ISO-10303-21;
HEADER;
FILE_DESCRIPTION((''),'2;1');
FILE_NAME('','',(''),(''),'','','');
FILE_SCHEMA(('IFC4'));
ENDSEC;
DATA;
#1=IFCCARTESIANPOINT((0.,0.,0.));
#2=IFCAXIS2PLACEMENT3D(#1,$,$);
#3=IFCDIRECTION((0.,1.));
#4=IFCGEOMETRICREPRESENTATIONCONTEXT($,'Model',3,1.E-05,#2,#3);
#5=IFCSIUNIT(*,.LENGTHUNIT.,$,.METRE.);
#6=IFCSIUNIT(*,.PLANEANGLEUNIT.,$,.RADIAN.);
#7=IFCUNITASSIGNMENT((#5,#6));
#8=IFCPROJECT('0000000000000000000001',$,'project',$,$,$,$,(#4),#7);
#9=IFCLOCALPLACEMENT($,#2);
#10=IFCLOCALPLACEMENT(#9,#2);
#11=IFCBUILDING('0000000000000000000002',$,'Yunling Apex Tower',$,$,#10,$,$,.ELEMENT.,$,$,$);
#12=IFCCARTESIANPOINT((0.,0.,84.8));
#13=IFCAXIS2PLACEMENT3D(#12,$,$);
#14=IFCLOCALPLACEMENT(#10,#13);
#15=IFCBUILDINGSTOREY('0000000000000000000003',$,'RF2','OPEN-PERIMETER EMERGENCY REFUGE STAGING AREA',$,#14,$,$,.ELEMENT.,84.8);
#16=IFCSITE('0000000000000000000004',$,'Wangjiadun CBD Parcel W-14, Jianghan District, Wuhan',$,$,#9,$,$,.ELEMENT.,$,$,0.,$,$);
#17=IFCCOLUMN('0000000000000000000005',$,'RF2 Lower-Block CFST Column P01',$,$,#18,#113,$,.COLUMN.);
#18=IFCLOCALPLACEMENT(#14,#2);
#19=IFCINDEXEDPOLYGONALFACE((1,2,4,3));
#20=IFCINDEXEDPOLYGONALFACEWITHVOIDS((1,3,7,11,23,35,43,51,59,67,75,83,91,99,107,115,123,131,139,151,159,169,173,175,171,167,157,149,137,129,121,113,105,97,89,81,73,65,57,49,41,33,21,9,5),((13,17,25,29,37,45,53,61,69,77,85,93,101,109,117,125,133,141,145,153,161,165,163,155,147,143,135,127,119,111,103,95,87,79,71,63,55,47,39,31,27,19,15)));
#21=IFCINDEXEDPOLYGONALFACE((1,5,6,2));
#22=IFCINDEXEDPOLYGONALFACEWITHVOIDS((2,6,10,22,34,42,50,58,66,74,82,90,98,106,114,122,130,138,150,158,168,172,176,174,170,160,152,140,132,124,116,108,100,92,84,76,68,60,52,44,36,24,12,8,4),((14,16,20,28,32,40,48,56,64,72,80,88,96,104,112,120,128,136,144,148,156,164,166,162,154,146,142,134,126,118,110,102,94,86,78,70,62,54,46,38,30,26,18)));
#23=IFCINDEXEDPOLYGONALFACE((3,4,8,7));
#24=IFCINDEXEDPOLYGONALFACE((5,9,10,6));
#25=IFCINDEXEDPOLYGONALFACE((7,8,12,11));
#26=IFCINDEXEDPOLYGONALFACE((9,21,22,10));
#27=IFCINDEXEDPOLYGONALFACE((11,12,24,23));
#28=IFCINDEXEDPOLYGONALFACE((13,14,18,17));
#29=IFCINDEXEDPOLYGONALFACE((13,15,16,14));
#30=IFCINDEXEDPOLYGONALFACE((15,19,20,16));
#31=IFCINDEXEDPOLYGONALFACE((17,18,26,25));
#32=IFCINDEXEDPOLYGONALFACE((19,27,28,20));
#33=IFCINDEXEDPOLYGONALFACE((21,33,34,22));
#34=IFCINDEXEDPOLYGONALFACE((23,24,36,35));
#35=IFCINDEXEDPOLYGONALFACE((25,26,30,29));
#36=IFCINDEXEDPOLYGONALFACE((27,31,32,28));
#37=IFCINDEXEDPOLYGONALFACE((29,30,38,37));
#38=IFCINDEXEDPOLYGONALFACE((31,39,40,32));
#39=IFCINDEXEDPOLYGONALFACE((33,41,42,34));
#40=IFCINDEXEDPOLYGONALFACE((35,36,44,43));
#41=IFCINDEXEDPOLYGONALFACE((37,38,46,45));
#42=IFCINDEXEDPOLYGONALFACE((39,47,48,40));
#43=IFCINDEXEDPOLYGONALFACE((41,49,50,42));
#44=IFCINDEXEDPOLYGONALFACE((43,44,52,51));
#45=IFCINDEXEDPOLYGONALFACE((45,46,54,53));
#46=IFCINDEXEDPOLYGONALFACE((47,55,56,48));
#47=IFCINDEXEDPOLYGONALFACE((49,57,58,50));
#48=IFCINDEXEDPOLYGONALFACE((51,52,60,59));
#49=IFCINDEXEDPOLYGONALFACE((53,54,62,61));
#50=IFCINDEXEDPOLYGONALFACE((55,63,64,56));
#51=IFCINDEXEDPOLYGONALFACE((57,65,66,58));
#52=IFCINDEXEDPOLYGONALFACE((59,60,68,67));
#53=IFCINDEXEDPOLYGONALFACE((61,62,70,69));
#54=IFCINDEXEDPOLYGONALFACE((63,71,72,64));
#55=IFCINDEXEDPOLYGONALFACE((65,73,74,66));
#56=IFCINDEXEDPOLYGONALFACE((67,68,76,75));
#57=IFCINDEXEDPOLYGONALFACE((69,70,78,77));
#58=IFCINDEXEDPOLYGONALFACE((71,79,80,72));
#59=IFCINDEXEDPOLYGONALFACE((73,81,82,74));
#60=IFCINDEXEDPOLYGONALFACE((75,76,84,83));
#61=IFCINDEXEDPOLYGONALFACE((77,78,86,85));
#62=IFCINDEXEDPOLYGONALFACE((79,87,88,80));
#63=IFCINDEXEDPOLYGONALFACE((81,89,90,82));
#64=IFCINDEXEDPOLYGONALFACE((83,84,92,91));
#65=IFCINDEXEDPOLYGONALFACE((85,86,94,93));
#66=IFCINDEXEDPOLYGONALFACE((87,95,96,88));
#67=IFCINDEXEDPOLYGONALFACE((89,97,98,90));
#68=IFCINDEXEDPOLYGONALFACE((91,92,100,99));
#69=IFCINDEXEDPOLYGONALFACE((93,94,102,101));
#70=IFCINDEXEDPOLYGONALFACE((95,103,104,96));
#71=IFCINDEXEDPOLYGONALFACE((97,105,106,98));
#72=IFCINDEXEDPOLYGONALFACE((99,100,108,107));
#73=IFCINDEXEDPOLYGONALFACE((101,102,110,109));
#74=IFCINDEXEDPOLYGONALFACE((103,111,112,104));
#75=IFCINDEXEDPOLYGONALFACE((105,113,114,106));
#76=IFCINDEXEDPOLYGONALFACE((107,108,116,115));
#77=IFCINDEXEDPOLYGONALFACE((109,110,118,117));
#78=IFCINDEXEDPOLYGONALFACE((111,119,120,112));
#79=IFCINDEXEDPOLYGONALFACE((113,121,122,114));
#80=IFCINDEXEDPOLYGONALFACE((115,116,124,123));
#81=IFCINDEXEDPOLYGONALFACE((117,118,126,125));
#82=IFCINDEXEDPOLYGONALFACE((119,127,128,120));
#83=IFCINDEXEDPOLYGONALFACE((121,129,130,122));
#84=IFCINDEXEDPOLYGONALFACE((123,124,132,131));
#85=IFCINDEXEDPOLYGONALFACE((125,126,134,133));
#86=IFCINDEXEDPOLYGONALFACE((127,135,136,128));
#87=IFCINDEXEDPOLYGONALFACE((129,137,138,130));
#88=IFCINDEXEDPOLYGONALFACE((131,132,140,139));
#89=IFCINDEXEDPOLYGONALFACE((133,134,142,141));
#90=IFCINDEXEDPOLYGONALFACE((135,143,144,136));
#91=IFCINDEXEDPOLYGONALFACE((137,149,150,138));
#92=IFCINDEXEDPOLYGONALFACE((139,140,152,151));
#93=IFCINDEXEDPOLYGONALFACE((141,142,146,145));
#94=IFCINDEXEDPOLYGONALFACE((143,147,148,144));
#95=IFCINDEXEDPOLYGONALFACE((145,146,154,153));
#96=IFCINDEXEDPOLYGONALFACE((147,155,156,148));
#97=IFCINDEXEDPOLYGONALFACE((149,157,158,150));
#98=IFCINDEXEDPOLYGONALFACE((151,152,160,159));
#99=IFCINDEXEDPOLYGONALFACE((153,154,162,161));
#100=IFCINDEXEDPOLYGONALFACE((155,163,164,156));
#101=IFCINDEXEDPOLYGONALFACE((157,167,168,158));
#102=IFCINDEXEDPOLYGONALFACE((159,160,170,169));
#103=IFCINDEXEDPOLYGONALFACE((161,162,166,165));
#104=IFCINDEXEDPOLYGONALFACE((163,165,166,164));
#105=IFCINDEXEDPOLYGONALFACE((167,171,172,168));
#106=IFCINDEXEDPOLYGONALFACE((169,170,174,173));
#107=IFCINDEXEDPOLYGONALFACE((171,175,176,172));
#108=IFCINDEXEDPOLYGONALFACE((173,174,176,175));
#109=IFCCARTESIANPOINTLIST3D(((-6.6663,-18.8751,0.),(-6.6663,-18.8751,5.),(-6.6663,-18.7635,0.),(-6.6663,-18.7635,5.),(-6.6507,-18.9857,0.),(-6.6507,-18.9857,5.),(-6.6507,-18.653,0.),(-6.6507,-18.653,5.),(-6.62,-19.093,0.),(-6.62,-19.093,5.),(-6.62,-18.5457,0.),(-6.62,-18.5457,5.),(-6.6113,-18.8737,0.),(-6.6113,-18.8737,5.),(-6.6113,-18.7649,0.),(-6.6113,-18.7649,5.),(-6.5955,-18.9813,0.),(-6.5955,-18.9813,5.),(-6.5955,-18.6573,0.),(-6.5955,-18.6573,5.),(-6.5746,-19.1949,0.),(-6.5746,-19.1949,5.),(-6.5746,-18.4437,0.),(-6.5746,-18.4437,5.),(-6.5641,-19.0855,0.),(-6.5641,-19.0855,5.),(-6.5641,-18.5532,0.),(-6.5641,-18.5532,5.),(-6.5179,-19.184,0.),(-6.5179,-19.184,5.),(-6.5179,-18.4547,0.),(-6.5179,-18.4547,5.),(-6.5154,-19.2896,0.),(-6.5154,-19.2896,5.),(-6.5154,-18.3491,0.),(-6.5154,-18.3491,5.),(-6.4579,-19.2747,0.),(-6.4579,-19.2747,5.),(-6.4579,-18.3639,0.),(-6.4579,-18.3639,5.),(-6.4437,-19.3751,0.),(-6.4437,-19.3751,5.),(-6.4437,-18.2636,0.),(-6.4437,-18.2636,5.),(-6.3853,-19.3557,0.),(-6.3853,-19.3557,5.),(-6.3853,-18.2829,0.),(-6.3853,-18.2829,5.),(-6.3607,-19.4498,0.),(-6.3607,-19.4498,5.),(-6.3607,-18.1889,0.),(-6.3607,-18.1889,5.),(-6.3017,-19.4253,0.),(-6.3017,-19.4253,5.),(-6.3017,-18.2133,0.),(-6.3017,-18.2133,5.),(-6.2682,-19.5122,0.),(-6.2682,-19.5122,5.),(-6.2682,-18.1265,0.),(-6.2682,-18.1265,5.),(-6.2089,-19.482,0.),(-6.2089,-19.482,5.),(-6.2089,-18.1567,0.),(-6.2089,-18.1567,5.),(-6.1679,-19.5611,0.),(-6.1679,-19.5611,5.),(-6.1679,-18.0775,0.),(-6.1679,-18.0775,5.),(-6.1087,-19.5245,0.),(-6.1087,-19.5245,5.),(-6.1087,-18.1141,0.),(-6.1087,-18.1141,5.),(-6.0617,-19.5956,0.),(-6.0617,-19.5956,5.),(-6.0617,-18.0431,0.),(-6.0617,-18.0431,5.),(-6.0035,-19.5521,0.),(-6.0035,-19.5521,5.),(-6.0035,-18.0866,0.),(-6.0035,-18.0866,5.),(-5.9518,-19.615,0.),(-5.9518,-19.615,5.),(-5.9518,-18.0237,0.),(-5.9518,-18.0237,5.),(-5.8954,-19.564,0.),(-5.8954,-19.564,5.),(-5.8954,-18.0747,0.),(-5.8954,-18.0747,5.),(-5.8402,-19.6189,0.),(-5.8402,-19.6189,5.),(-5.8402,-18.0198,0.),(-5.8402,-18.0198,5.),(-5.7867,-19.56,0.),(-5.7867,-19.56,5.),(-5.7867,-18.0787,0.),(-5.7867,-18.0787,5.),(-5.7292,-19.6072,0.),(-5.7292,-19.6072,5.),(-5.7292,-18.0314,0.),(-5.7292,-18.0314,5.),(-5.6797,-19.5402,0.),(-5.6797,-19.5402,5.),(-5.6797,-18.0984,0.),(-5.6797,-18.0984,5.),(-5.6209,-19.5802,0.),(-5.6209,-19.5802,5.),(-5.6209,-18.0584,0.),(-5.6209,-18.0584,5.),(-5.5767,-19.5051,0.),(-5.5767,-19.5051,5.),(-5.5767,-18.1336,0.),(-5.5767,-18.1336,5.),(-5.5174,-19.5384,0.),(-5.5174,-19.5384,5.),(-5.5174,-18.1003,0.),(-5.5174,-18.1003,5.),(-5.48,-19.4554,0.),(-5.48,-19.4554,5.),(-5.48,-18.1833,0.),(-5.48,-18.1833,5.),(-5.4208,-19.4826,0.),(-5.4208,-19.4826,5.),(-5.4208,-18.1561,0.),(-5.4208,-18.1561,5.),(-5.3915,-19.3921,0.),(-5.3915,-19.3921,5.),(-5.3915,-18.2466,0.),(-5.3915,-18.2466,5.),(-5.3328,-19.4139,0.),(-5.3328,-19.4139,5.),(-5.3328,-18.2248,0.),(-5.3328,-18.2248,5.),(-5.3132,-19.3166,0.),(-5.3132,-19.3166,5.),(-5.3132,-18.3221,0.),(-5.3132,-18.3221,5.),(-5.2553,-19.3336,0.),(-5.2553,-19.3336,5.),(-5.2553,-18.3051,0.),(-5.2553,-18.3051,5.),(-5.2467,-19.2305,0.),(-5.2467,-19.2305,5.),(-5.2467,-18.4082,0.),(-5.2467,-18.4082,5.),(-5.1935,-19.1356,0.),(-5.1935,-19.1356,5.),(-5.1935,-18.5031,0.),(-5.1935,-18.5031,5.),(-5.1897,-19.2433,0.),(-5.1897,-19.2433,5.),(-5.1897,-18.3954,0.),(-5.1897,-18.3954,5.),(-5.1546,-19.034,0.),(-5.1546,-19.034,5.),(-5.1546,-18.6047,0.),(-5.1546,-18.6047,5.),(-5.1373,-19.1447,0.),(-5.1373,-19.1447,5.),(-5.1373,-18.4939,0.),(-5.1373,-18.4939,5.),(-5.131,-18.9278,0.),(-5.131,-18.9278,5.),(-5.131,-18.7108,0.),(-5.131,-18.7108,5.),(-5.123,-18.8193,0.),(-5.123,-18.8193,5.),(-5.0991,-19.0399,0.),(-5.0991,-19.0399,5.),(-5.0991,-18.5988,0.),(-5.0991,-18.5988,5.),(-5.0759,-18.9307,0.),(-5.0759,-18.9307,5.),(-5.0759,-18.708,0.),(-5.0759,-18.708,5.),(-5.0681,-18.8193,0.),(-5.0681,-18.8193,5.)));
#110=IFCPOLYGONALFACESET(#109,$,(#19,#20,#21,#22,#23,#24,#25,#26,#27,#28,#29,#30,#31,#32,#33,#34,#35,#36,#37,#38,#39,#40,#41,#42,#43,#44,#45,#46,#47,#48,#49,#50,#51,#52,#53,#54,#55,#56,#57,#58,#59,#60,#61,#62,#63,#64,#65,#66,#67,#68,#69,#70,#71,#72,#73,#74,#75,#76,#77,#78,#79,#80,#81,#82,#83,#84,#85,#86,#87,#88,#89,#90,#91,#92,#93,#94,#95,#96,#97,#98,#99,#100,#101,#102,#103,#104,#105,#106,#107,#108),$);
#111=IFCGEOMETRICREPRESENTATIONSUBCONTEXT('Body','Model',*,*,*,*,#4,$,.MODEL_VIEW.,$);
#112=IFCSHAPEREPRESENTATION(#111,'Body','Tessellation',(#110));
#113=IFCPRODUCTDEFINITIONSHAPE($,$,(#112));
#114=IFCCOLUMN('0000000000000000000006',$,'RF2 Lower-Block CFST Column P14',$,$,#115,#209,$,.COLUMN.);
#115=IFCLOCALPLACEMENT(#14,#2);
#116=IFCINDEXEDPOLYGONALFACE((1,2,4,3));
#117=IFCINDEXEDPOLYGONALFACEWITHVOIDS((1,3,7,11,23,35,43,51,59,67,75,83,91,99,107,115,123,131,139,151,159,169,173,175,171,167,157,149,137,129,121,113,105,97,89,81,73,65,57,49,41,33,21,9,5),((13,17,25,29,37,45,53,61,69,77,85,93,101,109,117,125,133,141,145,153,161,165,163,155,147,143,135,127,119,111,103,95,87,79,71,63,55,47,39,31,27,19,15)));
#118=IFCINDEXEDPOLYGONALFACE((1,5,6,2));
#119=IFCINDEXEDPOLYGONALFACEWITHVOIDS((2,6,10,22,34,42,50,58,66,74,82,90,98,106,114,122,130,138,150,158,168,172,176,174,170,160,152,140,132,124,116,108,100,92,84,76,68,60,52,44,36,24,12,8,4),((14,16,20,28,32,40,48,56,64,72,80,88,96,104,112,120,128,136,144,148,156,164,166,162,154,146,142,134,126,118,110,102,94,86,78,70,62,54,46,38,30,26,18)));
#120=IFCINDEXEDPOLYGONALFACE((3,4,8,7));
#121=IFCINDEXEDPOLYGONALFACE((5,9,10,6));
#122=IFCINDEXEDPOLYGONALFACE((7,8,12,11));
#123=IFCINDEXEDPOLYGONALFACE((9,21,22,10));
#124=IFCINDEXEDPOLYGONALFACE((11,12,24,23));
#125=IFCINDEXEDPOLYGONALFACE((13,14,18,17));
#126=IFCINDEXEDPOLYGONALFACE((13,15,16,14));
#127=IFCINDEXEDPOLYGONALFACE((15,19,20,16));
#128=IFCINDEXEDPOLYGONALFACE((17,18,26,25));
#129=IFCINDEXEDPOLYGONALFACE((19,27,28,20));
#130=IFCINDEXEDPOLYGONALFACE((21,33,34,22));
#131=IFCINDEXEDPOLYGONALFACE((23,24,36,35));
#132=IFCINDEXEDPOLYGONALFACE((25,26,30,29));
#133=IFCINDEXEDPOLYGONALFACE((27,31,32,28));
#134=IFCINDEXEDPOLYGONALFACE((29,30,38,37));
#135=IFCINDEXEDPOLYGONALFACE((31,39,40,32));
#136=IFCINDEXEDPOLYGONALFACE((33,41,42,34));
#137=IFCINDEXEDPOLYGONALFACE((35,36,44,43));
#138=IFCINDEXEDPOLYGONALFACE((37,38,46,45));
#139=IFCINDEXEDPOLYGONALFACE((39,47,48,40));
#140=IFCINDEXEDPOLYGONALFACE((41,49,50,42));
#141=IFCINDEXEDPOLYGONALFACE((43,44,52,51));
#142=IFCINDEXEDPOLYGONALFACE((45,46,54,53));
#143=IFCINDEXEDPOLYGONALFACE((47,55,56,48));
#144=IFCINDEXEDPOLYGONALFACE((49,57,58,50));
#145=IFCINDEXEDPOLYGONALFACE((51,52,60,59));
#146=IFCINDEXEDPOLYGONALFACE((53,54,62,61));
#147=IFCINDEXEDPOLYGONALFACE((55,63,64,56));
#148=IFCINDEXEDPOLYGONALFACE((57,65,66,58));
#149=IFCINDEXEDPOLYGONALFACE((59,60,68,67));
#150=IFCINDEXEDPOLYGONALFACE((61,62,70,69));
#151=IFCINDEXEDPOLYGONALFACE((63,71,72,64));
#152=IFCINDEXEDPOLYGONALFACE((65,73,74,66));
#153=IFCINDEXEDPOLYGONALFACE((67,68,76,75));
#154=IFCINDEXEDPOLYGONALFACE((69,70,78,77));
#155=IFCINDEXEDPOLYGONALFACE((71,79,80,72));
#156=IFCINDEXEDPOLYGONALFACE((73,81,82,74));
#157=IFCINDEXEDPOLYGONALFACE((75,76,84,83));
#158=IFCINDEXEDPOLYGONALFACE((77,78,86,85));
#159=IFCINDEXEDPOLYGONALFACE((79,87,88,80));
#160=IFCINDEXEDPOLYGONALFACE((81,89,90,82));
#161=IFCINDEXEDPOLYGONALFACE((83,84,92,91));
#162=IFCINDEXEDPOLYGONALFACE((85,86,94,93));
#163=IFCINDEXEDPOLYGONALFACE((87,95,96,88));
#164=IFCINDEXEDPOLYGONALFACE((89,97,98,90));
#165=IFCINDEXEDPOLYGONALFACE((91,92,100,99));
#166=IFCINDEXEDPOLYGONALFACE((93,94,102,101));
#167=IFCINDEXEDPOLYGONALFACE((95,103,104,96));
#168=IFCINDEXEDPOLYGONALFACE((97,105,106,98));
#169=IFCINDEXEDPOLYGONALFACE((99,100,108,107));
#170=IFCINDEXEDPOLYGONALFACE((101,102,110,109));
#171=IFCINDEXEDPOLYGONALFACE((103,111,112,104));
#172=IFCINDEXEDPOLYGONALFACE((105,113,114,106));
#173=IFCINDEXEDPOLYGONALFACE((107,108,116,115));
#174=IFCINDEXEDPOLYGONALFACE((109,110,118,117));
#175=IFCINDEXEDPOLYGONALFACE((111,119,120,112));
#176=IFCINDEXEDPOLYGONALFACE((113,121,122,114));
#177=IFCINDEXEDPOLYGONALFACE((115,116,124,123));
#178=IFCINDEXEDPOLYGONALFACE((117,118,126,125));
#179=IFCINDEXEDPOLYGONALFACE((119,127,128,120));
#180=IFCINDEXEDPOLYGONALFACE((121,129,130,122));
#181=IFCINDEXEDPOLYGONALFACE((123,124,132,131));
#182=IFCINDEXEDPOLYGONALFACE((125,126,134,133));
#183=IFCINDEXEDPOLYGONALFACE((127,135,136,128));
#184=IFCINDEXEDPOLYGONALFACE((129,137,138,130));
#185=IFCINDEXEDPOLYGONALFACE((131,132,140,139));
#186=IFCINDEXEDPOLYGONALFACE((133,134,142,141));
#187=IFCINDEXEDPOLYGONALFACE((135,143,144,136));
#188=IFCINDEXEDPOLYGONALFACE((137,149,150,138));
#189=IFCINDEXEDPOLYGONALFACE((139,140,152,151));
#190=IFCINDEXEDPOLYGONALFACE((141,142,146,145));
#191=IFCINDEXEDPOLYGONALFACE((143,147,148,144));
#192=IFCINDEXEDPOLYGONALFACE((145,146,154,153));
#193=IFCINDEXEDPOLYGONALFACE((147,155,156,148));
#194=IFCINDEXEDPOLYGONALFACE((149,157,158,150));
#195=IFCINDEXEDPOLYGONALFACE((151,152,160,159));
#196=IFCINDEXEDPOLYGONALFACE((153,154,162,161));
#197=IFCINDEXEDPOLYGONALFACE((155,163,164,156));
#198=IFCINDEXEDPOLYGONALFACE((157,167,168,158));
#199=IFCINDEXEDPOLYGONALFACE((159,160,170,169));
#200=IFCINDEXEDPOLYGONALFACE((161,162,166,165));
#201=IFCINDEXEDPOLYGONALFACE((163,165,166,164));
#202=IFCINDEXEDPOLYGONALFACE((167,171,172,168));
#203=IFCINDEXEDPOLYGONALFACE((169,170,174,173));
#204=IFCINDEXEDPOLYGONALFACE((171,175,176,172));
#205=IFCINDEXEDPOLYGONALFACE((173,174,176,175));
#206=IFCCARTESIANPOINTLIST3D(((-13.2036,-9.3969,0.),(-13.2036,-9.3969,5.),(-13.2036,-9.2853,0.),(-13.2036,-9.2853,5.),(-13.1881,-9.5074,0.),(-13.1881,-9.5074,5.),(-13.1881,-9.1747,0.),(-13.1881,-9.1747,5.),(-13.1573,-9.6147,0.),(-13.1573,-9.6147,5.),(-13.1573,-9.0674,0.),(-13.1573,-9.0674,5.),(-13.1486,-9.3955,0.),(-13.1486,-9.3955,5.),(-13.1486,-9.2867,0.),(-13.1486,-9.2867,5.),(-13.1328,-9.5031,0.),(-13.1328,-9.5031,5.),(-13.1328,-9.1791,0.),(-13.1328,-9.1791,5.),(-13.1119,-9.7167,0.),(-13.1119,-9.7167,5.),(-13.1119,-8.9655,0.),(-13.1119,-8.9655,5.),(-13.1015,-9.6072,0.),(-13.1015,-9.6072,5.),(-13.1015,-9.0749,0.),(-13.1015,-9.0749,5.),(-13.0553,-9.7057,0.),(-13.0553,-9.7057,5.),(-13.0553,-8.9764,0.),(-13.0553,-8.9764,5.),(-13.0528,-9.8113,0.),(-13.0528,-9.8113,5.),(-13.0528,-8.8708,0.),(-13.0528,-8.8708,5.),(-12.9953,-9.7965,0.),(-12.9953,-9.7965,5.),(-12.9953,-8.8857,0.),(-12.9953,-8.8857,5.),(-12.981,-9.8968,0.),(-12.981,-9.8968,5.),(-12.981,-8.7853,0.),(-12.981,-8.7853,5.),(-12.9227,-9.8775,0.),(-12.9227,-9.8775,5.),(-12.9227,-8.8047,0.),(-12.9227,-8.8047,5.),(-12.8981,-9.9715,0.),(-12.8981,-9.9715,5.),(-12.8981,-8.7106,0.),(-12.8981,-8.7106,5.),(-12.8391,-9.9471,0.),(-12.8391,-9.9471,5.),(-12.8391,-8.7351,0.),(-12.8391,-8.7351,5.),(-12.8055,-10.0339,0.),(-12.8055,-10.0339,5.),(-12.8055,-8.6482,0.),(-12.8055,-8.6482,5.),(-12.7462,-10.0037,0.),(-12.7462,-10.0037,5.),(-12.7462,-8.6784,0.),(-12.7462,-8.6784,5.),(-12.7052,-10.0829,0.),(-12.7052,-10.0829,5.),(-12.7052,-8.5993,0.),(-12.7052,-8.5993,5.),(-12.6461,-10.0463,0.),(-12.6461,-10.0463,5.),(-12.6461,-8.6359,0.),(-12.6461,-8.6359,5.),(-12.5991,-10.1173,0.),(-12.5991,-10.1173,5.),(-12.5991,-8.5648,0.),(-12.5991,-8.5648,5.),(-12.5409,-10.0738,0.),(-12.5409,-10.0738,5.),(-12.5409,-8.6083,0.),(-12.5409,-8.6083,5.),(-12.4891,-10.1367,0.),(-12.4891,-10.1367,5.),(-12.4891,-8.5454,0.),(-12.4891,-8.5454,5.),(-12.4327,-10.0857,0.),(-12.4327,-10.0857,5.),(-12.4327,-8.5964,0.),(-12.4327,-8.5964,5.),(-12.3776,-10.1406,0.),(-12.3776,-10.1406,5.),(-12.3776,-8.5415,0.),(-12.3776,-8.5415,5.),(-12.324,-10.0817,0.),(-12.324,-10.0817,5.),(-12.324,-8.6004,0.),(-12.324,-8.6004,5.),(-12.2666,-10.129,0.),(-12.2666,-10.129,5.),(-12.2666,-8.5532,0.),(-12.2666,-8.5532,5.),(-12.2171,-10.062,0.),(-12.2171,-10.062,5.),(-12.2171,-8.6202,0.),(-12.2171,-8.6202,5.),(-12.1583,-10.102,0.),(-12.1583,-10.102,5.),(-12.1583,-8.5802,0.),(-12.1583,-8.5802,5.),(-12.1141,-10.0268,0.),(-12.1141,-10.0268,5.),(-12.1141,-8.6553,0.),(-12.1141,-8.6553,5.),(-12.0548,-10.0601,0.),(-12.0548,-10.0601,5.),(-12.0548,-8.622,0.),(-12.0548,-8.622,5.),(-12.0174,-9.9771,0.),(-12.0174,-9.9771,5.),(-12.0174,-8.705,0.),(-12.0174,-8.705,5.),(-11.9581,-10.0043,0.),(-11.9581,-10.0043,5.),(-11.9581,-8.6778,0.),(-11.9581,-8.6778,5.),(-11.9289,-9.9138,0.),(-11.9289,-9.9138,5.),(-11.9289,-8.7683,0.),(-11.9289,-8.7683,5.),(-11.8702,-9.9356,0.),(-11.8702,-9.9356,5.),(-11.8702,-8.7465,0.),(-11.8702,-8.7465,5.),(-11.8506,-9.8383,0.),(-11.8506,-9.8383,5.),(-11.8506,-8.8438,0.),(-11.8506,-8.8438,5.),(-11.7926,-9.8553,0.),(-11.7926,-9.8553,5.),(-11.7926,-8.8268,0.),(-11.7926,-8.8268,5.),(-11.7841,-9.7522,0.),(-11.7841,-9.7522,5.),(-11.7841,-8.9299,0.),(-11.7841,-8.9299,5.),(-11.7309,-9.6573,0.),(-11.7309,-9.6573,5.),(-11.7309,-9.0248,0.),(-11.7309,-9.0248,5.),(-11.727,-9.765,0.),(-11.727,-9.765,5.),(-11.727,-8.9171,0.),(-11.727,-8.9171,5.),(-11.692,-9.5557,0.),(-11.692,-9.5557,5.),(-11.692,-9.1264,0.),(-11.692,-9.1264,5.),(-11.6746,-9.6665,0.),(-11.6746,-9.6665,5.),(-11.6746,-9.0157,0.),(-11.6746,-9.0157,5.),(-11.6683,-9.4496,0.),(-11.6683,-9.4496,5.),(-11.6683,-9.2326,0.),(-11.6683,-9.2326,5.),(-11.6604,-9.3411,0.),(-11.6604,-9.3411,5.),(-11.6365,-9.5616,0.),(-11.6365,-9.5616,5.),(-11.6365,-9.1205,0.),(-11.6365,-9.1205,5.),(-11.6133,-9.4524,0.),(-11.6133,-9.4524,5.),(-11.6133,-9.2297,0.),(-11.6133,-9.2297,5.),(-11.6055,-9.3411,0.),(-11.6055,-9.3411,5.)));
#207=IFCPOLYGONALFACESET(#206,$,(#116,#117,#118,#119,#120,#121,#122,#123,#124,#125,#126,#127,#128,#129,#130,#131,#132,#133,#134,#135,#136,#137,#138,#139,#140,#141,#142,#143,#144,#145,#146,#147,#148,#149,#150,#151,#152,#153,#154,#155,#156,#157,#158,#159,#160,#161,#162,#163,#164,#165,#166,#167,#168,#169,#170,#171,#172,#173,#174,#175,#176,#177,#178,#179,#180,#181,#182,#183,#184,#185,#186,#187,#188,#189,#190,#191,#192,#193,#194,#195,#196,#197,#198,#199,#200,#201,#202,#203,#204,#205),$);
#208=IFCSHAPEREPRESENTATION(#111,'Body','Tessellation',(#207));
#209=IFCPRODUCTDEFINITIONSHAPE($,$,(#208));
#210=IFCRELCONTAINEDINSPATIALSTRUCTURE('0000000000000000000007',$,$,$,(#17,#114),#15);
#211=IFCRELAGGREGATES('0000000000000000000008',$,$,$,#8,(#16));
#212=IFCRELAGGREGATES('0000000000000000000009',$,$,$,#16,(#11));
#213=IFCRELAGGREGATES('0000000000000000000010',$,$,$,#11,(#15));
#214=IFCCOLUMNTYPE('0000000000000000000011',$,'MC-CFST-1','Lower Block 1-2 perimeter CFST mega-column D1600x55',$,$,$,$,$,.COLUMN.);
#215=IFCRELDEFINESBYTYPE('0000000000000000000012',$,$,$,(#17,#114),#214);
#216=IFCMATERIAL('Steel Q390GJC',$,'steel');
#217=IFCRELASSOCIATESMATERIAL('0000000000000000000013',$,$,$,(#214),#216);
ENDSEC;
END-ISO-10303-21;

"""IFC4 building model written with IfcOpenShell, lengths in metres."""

from ifc_helpers import new_model, si_unit, direction, frame, origin, origin_2d, place, context, subcontext, project, spatial, hollow_circle, extrude, source, transform, mapped, material, material_profile, profile_set, type_object, element, save


model = new_model("IFC4")

# Units and contexts
model_context = context("Model", 3, precision=1e-05, world=origin(), true_north=direction((0.0, 1.0)))
body_context = subcontext(model_context, "Body", "Model", "MODEL_VIEW")
ifc_project = project(units=[si_unit("LENGTHUNIT", "METRE"), si_unit("PLANEANGLEUNIT", "RADIAN")], contexts=[model_context])

# Site, building, storey
site_placement = place(None, origin())
site = spatial("IfcSite", under=ifc_project, at=site_placement, Name="Wangjiadun CBD Parcel W-14, Jianghan District, Wuhan", CompositionType="ELEMENT", RefElevation=0.0)
building_placement = place(site_placement, origin())
building = spatial("IfcBuilding", under=site, at=building_placement, Name="Yunling Apex Tower", CompositionType="ELEMENT")
storey_placement = place(building_placement, frame((0.0, 0.0, 84.8)))
storey = spatial("IfcBuildingStorey", under=building, at=storey_placement, Name="RF2", Description="OPEN-PERIMETER EMERGENCY REFUGE STAGING AREA", CompositionType="ELEMENT", Elevation=84.8)

# Columns
ifc_material_1 = material(Name="Steel Q390GJC", Category="steel")
ifc_material_profile_1 = material_profile(ifc_material_1, hollow_circle(Radius=0.8, WallThickness=0.0549, at=origin_2d()))
ifc_profile_set_1 = profile_set([ifc_material_profile_1], Name="Steel Q390GJC")
column_type = type_object("IfcColumnType", Name="MC-CFST-1", Description="Lower Block 1-2 perimeter CFST mega-column D1600x55", PredefinedType="COLUMN", material=ifc_profile_set_1)
shared_shape_1 = source(origin(), body_context, "Body", "SweptSolid", [
    extrude(hollow_circle(Radius=0.8, WallThickness=0.0549, at=origin_2d()), origin(), (0.0, 0.0, 1.0), 5.0),
])
for number, where, z_axis, x_axis, name in (
    (1, (-5.8682, -18.8193, 0.0), (0.0, 0.0, 1.0), (1.0, 0.0, 0.0), "RF2 Lower-Block CFST Column P01"),
    (2, (-12.4055, -9.3411, 0.0), (0.0, 0.0, 1.0), (1.0, 0.0, 0.0), "RF2 Lower-Block CFST Column P14"),
):
    element("IfcColumn", number, at=place(storey_placement, frame(where, z_axis=z_axis, x_axis=x_axis)), inside=storey, type_object=column_type, Name=name, PredefinedType="COLUMN", context=body_context, shape_type="MappedRepresentation", body=[
        mapped(shared_shape_1, transform((0.0, 0.0, 0.0), scale=1.0)),
    ])

save(model, "model.ifc")
